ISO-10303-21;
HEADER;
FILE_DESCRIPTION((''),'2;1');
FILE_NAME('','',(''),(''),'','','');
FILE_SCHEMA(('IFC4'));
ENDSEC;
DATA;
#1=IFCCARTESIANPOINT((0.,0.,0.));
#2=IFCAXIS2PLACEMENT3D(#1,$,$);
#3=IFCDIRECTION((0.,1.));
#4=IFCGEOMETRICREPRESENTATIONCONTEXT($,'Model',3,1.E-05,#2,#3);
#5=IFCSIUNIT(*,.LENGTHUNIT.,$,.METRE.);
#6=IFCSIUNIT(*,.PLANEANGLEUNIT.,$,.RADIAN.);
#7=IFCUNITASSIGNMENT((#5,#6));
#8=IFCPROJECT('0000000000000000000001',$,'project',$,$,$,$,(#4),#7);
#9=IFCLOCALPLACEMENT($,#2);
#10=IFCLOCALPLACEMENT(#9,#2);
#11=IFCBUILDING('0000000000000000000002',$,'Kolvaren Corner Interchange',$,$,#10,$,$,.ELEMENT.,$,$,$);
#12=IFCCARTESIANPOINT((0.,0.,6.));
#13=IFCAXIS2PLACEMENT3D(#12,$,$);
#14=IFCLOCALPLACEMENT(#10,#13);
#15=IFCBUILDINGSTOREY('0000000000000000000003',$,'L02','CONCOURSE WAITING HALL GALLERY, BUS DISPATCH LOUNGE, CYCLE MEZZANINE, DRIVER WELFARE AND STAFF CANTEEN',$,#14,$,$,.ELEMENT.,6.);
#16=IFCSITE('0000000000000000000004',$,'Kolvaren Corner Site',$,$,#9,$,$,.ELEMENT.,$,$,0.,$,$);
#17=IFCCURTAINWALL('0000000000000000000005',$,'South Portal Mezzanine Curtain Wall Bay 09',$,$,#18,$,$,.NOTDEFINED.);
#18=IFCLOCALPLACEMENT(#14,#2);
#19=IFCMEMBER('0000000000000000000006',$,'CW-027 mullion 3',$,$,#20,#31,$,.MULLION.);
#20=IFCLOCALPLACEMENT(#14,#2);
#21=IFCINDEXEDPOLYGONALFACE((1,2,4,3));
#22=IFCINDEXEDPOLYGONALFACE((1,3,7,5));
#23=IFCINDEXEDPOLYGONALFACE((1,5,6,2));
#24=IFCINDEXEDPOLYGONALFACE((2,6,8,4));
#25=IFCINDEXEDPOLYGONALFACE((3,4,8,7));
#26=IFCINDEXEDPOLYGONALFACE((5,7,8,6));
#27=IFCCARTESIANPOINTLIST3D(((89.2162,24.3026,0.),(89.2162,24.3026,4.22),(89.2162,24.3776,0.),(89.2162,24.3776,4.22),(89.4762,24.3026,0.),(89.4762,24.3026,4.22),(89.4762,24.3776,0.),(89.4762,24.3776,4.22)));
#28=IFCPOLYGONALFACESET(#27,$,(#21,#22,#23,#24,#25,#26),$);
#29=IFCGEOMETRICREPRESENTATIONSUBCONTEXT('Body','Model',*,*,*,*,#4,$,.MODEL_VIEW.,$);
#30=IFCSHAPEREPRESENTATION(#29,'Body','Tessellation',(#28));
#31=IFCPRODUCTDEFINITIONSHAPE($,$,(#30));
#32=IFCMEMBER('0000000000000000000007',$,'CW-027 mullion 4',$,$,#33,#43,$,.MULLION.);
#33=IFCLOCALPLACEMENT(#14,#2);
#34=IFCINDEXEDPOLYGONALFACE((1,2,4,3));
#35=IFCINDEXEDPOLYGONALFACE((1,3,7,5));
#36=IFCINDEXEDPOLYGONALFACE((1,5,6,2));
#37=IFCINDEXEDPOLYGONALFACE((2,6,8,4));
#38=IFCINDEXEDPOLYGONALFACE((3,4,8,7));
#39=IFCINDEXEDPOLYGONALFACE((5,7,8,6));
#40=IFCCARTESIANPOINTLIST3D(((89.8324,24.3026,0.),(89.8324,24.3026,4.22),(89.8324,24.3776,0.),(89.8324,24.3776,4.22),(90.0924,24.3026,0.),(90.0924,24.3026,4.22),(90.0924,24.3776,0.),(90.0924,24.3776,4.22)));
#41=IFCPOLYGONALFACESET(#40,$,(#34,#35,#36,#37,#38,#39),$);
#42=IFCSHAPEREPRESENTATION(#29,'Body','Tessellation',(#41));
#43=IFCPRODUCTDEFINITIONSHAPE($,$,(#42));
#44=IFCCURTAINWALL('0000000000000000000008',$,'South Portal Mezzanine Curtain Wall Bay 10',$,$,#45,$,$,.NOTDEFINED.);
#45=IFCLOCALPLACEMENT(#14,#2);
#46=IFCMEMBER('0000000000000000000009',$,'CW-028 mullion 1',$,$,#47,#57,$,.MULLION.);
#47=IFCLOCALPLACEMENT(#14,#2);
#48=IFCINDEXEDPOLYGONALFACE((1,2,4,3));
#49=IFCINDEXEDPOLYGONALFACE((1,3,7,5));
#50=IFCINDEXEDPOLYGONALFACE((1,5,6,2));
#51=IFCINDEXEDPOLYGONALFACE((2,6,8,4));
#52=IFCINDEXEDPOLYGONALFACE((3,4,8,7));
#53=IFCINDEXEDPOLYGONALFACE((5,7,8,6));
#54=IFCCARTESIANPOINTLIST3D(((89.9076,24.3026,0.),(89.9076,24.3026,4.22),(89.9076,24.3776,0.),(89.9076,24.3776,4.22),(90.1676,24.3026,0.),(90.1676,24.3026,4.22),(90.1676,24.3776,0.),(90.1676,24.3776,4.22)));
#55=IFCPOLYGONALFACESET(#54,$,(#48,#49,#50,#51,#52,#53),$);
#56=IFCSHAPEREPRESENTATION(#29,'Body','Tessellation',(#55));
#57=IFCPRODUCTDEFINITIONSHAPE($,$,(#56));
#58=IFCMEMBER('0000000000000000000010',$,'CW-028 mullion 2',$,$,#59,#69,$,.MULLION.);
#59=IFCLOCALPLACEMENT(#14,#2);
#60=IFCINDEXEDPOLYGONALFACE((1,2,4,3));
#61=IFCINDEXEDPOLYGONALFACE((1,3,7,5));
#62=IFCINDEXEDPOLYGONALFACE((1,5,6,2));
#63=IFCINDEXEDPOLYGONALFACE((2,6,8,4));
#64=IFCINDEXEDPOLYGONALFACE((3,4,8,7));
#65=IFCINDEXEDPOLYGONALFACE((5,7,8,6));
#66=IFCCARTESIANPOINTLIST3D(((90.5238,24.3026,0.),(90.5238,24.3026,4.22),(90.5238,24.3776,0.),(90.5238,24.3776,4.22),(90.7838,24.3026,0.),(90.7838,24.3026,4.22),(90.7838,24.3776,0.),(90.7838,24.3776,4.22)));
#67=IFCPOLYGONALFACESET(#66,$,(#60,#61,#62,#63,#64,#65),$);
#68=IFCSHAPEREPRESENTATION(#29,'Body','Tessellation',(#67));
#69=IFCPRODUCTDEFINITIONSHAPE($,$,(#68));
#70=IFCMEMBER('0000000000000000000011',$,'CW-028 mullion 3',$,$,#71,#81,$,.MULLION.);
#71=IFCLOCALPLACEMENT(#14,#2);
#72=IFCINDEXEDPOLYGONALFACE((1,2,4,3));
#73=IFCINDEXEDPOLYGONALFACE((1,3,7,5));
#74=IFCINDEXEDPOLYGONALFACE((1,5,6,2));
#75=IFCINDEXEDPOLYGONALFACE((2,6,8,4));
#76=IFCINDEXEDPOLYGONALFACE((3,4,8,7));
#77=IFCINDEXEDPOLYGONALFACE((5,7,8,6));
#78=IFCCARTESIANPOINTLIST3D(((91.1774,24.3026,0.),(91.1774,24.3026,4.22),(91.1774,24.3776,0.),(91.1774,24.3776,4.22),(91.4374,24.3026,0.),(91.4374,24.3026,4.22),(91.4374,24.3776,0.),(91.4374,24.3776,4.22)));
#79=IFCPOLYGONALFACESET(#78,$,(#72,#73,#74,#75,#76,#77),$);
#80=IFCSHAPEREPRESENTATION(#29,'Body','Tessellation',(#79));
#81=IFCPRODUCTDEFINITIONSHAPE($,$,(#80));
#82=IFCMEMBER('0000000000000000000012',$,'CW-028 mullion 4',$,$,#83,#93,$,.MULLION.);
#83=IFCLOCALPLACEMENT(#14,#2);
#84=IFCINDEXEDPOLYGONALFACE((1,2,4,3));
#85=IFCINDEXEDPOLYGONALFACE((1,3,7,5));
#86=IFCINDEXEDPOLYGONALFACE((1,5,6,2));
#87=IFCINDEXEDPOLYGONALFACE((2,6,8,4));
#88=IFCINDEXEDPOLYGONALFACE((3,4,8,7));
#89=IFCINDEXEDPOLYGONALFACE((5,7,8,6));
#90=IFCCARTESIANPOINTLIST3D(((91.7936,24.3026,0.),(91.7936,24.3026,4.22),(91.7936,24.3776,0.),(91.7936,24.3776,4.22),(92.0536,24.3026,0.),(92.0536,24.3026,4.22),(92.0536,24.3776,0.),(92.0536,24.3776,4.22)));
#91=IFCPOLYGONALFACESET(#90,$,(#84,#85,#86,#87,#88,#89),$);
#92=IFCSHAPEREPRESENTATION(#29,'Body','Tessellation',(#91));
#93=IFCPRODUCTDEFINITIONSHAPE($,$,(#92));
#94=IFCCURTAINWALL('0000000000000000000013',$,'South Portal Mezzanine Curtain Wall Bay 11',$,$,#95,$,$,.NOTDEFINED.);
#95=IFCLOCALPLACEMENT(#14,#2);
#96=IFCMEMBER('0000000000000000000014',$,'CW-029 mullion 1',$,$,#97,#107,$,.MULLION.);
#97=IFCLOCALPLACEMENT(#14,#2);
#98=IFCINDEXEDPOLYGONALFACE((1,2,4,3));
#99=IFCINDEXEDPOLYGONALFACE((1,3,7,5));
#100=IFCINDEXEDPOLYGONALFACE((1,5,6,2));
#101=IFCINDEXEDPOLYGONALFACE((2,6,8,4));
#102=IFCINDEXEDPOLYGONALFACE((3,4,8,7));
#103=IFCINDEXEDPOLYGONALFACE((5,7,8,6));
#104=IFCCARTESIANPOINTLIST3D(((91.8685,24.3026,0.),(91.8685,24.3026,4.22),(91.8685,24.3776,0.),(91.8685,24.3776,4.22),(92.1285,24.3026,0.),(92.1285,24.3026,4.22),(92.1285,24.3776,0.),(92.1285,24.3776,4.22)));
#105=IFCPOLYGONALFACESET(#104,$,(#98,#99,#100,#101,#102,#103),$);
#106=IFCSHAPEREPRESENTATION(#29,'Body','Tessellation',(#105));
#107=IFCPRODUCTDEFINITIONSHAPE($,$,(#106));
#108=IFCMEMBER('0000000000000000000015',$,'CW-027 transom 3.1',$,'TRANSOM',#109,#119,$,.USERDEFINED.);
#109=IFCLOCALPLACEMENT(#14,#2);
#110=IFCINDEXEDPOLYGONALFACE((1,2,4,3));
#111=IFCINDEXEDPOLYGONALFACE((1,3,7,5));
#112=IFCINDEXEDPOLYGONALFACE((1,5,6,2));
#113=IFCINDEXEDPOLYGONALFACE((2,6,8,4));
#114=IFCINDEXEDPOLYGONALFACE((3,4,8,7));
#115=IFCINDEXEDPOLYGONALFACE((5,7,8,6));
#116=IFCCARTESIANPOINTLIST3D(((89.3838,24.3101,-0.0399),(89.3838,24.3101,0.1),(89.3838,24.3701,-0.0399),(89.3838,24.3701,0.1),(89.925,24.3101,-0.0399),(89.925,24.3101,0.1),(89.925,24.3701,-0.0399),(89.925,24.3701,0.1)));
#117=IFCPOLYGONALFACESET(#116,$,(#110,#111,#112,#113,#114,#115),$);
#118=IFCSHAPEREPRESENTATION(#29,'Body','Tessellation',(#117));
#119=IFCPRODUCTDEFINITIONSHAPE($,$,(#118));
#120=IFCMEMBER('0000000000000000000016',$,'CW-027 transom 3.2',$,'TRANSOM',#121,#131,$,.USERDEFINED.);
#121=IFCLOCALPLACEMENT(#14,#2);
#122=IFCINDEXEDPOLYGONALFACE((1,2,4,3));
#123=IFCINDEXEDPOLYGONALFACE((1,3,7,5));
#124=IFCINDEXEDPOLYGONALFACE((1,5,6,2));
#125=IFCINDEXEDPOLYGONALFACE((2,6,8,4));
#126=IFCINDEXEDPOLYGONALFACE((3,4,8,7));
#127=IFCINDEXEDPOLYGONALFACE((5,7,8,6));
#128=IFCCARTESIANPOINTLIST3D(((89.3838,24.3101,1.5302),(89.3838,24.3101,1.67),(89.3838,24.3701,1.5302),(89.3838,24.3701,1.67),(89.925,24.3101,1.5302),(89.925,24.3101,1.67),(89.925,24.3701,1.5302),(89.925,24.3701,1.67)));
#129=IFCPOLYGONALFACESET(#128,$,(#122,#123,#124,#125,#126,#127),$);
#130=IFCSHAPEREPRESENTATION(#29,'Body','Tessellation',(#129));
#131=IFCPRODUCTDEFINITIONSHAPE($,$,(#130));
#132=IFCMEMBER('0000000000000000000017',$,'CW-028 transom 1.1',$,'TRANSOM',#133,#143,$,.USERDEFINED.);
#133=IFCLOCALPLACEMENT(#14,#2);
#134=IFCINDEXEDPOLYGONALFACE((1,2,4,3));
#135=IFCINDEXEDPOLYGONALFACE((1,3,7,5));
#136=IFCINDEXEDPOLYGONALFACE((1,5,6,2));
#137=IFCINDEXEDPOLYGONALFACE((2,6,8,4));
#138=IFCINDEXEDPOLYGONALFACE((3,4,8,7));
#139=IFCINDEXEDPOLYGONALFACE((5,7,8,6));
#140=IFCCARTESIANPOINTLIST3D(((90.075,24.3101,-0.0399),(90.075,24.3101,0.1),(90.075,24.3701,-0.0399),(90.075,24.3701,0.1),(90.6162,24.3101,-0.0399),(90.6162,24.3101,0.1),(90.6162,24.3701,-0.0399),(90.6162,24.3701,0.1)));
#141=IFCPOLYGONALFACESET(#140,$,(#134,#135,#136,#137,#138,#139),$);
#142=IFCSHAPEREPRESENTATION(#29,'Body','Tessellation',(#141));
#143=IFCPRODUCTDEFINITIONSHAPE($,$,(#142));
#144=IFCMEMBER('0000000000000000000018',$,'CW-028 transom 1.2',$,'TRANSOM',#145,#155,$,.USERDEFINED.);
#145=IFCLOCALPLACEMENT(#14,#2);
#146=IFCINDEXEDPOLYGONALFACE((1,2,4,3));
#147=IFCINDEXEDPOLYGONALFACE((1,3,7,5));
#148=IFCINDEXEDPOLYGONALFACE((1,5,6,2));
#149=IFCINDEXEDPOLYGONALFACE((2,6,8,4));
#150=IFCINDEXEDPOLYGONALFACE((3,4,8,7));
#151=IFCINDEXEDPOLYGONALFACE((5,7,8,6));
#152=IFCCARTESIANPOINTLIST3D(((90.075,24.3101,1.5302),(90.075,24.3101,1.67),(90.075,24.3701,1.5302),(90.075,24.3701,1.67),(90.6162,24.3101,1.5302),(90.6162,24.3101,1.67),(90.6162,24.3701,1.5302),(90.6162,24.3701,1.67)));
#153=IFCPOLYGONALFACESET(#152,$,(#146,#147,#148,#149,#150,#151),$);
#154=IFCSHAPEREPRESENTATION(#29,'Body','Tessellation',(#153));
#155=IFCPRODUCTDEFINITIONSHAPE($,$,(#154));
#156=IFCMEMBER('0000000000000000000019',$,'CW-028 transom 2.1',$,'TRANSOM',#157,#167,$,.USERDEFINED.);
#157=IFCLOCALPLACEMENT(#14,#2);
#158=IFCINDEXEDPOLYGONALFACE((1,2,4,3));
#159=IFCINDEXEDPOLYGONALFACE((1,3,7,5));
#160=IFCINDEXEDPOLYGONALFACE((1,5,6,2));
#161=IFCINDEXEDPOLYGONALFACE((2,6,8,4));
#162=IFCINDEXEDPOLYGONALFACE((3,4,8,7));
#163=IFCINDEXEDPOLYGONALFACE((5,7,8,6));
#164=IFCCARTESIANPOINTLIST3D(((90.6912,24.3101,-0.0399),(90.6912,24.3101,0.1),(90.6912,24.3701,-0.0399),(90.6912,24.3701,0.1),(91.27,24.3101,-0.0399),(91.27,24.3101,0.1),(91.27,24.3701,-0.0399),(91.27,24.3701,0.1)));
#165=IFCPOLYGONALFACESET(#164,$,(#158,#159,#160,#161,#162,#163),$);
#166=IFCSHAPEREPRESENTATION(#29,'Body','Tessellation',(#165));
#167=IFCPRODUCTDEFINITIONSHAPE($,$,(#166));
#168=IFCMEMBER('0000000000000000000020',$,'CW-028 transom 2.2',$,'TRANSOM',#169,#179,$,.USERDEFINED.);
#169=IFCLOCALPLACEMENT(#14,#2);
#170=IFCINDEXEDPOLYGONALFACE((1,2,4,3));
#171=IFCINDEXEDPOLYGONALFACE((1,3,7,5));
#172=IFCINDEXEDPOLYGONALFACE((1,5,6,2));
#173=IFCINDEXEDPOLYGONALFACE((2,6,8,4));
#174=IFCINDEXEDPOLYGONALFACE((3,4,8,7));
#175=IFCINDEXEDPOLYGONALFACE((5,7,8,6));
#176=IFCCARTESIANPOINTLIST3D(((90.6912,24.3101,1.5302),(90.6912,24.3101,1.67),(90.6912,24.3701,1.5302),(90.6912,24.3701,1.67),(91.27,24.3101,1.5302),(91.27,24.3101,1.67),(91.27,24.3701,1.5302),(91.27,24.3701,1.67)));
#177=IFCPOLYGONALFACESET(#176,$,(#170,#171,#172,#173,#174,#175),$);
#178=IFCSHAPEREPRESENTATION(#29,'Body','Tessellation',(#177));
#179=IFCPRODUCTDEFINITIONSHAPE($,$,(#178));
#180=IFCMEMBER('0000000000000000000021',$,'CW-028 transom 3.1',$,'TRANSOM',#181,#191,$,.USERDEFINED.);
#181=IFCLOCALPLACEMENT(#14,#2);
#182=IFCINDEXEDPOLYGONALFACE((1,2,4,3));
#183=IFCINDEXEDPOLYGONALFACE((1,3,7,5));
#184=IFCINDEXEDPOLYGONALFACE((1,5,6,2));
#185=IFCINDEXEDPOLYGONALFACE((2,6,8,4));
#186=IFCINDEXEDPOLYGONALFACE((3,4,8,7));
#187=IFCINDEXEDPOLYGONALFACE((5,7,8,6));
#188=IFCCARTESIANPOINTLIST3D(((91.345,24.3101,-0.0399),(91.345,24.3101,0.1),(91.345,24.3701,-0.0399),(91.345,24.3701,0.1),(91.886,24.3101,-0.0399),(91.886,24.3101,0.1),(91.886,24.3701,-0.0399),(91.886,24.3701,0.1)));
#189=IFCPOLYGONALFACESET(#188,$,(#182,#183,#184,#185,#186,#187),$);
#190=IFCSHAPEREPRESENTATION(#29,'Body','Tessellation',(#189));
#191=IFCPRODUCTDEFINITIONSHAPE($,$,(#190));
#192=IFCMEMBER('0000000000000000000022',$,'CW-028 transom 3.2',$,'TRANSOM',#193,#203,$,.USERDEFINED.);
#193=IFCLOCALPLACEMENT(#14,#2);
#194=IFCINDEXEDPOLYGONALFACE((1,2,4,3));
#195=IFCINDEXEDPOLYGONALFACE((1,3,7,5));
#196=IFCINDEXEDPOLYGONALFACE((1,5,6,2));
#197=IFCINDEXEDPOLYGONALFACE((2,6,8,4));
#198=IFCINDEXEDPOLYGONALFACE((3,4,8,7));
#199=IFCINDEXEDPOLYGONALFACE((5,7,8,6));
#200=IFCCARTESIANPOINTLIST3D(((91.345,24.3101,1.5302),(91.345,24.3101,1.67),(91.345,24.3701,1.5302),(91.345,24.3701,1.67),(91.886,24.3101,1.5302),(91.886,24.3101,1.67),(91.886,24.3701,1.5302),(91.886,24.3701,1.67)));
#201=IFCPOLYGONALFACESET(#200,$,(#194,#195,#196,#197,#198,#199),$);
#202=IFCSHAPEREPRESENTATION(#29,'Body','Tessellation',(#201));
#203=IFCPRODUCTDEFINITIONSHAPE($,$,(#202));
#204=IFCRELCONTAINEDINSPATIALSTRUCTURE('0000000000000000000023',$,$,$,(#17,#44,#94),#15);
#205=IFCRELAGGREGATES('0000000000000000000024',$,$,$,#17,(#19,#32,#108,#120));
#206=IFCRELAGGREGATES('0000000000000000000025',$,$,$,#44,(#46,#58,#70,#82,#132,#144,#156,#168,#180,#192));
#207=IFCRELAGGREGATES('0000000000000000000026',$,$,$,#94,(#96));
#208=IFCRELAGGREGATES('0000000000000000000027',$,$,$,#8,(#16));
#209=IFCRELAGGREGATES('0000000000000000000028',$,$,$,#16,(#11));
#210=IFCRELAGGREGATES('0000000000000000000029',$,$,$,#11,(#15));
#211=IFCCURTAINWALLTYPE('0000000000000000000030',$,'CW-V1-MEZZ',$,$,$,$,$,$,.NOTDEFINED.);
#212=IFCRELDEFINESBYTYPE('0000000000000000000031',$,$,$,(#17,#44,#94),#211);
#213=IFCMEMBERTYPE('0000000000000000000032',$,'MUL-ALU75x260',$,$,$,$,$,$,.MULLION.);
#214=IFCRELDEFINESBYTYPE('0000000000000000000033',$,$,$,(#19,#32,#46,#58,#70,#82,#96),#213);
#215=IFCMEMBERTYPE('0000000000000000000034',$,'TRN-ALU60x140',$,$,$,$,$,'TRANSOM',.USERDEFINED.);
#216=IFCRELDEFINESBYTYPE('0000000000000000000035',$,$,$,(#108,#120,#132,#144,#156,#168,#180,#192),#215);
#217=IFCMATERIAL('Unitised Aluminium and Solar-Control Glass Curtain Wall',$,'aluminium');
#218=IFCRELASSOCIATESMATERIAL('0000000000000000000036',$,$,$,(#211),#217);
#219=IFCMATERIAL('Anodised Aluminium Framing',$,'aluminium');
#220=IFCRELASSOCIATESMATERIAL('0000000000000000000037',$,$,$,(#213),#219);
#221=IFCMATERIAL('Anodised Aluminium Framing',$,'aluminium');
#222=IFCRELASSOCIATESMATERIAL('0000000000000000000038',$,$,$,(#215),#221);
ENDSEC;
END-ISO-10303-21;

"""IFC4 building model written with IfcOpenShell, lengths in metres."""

from ifc_helpers import new_model, si_unit, direction, frame, origin, origin_2d, place, context, subcontext, project, spatial, rectangle, extrude, material, material_profile, profile_set, type_object, element, aggregate, save


model = new_model("IFC4")

# Units and contexts
model_context = context("Model", 3, precision=1e-05, world=origin(), true_north=direction((0.0, 1.0)))
body_context = subcontext(model_context, "Body", "Model", "MODEL_VIEW")
ifc_project = project(units=[si_unit("LENGTHUNIT", "METRE"), si_unit("PLANEANGLEUNIT", "RADIAN")], contexts=[model_context])

# Site, building, storey
site_placement = place(None, origin())
site = spatial("IfcSite", under=ifc_project, at=site_placement, Name="Kolvaren Corner Site", CompositionType="ELEMENT", RefElevation=0.0)
building_placement = place(site_placement, origin())
building = spatial("IfcBuilding", under=site, at=building_placement, Name="Kolvaren Corner Interchange", CompositionType="ELEMENT")
storey_placement = place(building_placement, frame((0.0, 0.0, 6.0)))
storey = spatial("IfcBuildingStorey", under=building, at=storey_placement, Name="L02", Description="CONCOURSE WAITING HALL GALLERY, BUS DISPATCH LOUNGE, CYCLE MEZZANINE, DRIVER WELFARE AND STAFF CANTEEN", CompositionType="ELEMENT", Elevation=6.0)

# Curtain walls, members
ifc_material_1 = material(Name="Unitised Aluminium and Solar-Control Glass Curtain Wall", Category="aluminium")
curtain_wall_type = type_object("IfcCurtainWallType", Name="CW-V1-MEZZ", PredefinedType="NOTDEFINED", material=ifc_material_1)
curtain_wall_1_placement = place(storey_placement, origin())
curtain_wall_1 = element("IfcCurtainWall", 1, at=curtain_wall_1_placement, inside=storey, type_object=curtain_wall_type, Name="South Portal Mezzanine Curtain Wall Bay 09", PredefinedType="NOTDEFINED")
ifc_material_2 = material(Name="Anodised Aluminium Framing", Category="aluminium")
ifc_material_profile_1 = material_profile(ifc_material_2, rectangle(XDim=0.075, YDim=0.26, at=origin_2d()), Name="ALU 75x260")
ifc_profile_set_1 = profile_set([ifc_material_profile_1], Name="Anodised Aluminium Framing")
member_type_1 = type_object("IfcMemberType", Name="MUL-ALU75x260", PredefinedType="MULLION", material=ifc_profile_set_1)
member_1_placement = place(storey_placement, frame((89.3462, 24.3401, 0.0), z_axis=(0.0, 0.0, 1.0), x_axis=(0.0, 1.0, 0.0)))
member_1 = element("IfcMember", 2, at=member_1_placement, type_object=member_type_1, Name="CW-027 mullion 3", PredefinedType="MULLION", context=body_context, shape_type="SweptSolid", body=[
    extrude(rectangle(XDim=0.075, YDim=0.26, at=origin_2d()), origin(), (0.0, 0.0, 1.0), 4.22),
])
member_2_placement = place(storey_placement, frame((89.9624, 24.3401, 0.0), z_axis=(0.0, 0.0, 1.0), x_axis=(0.0, 1.0, 0.0)))
member_2 = element("IfcMember", 3, at=member_2_placement, type_object=member_type_1, Name="CW-027 mullion 4", PredefinedType="MULLION", context=body_context, shape_type="SweptSolid", body=[
    extrude(rectangle(XDim=0.075, YDim=0.26, at=origin_2d()), origin(), (0.0, 0.0, 1.0), 4.22),
])
curtain_wall_2_placement = place(storey_placement, origin())
curtain_wall_2 = element("IfcCurtainWall", 4, at=curtain_wall_2_placement, inside=storey, type_object=curtain_wall_type, Name="South Portal Mezzanine Curtain Wall Bay 10", PredefinedType="NOTDEFINED")
member_3_placement = place(storey_placement, frame((90.0376, 24.3401, 0.0), z_axis=(0.0, 0.0, 1.0), x_axis=(0.0, 1.0, 0.0)))
member_3 = element("IfcMember", 5, at=member_3_placement, type_object=member_type_1, Name="CW-028 mullion 1", PredefinedType="MULLION", context=body_context, shape_type="SweptSolid", body=[
    extrude(rectangle(XDim=0.075, YDim=0.26, at=origin_2d()), origin(), (0.0, 0.0, 1.0), 4.22),
])
member_4_placement = place(storey_placement, frame((90.6538, 24.3401, 0.0), z_axis=(0.0, 0.0, 1.0), x_axis=(0.0, 1.0, 0.0)))
member_4 = element("IfcMember", 6, at=member_4_placement, type_object=member_type_1, Name="CW-028 mullion 2", PredefinedType="MULLION", context=body_context, shape_type="SweptSolid", body=[
    extrude(rectangle(XDim=0.075, YDim=0.26, at=origin_2d()), origin(), (0.0, 0.0, 1.0), 4.22),
])
member_5_placement = place(storey_placement, frame((91.3074, 24.3401, 0.0), z_axis=(0.0, 0.0, 1.0), x_axis=(0.0, 1.0, 0.0)))
member_5 = element("IfcMember", 7, at=member_5_placement, type_object=member_type_1, Name="CW-028 mullion 3", PredefinedType="MULLION", context=body_context, shape_type="SweptSolid", body=[
    extrude(rectangle(XDim=0.075, YDim=0.26, at=origin_2d()), origin(), (0.0, 0.0, 1.0), 4.22),
])
member_6_placement = place(storey_placement, frame((91.9236, 24.3401, 0.0), z_axis=(0.0, 0.0, 1.0), x_axis=(0.0, 1.0, 0.0)))
member_6 = element("IfcMember", 8, at=member_6_placement, type_object=member_type_1, Name="CW-028 mullion 4", PredefinedType="MULLION", context=body_context, shape_type="SweptSolid", body=[
    extrude(rectangle(XDim=0.075, YDim=0.26, at=origin_2d()), origin(), (0.0, 0.0, 1.0), 4.22),
])

# Curtain wall, member
curtain_wall_3_placement = place(storey_placement, origin())
curtain_wall_3 = element("IfcCurtainWall", 9, at=curtain_wall_3_placement, inside=storey, type_object=curtain_wall_type, Name="South Portal Mezzanine Curtain Wall Bay 11", PredefinedType="NOTDEFINED")
member_7_placement = place(storey_placement, frame((91.9985, 24.3401, 0.0), z_axis=(0.0, 0.0, 1.0), x_axis=(0.0, 1.0, 0.0)))
member_7 = element("IfcMember", 10, at=member_7_placement, type_object=member_type_1, Name="CW-029 mullion 1", PredefinedType="MULLION", context=body_context, shape_type="SweptSolid", body=[
    extrude(rectangle(XDim=0.075, YDim=0.26, at=origin_2d()), origin(), (0.0, 0.0, 1.0), 4.22),
])

# Members
ifc_material_3 = material(Name="Anodised Aluminium Framing", Category="aluminium")
ifc_material_profile_2 = material_profile(ifc_material_3, rectangle(XDim=0.0601, YDim=0.1399, at=origin_2d()), Name="ALU 60x140")
ifc_profile_set_2 = profile_set([ifc_material_profile_2], Name="Anodised Aluminium Framing")
member_type_2 = type_object("IfcMemberType", Name="TRN-ALU60x140", ElementType="TRANSOM", PredefinedType="USERDEFINED", material=ifc_profile_set_2)
member_8_placement = place(storey_placement, frame((89.3838, 24.3401, 0.03), z_axis=(1.0, 0.0, 0.0), x_axis=(0.0, 1.0, 0.0)))
member_8 = element("IfcMember", 11, at=member_8_placement, type_object=member_type_2, Name="CW-027 transom 3.1", ObjectType="TRANSOM", PredefinedType="USERDEFINED", context=body_context, shape_type="SweptSolid", body=[
    extrude(rectangle(XDim=0.0601, YDim=0.1399, at=origin_2d()), origin(), (0.0, 0.0, 1.0), 0.5413),
])
member_9_placement = place(storey_placement, frame((89.3838, 24.3401, 1.6001), z_axis=(1.0, 0.0, 0.0), x_axis=(0.0, 1.0, 0.0)))
member_9 = element("IfcMember", 12, at=member_9_placement, type_object=member_type_2, Name="CW-027 transom 3.2", ObjectType="TRANSOM", PredefinedType="USERDEFINED", context=body_context, shape_type="SweptSolid", body=[
    extrude(rectangle(XDim=0.0601, YDim=0.1399, at=origin_2d()), origin(), (0.0, 0.0, 1.0), 0.5413),
])
member_10_placement = place(storey_placement, frame((90.075, 24.3401, 0.03), z_axis=(1.0, 0.0, 0.0), x_axis=(0.0, 1.0, 0.0)))
member_10 = element("IfcMember", 13, at=member_10_placement, type_object=member_type_2, Name="CW-028 transom 1.1", ObjectType="TRANSOM", PredefinedType="USERDEFINED", context=body_context, shape_type="SweptSolid", body=[
    extrude(rectangle(XDim=0.0601, YDim=0.1399, at=origin_2d()), origin(), (0.0, 0.0, 1.0), 0.5413),
])
member_11_placement = place(storey_placement, frame((90.075, 24.3401, 1.6001), z_axis=(1.0, 0.0, 0.0), x_axis=(0.0, 1.0, 0.0)))
member_11 = element("IfcMember", 14, at=member_11_placement, type_object=member_type_2, Name="CW-028 transom 1.2", ObjectType="TRANSOM", PredefinedType="USERDEFINED", context=body_context, shape_type="SweptSolid", body=[
    extrude(rectangle(XDim=0.0601, YDim=0.1399, at=origin_2d()), origin(), (0.0, 0.0, 1.0), 0.5413),
])
member_12_placement = place(storey_placement, frame((90.6912, 24.3401, 0.03), z_axis=(1.0, 0.0, 0.0), x_axis=(0.0, 1.0, 0.0)))
member_12 = element("IfcMember", 15, at=member_12_placement, type_object=member_type_2, Name="CW-028 transom 2.1", ObjectType="TRANSOM", PredefinedType="USERDEFINED", context=body_context, shape_type="SweptSolid", body=[
    extrude(rectangle(XDim=0.0601, YDim=0.1399, at=origin_2d()), origin(), (0.0, 0.0, 1.0), 0.5789),
])
member_13_placement = place(storey_placement, frame((90.6912, 24.3401, 1.6001), z_axis=(1.0, 0.0, 0.0), x_axis=(0.0, 1.0, 0.0)))
member_13 = element("IfcMember", 16, at=member_13_placement, type_object=member_type_2, Name="CW-028 transom 2.2", ObjectType="TRANSOM", PredefinedType="USERDEFINED", context=body_context, shape_type="SweptSolid", body=[
    extrude(rectangle(XDim=0.0601, YDim=0.1399, at=origin_2d()), origin(), (0.0, 0.0, 1.0), 0.5789),
])
member_14_placement = place(storey_placement, frame((91.345, 24.3401, 0.03), z_axis=(1.0, 0.0, 0.0), x_axis=(0.0, 1.0, 0.0)))
member_14 = element("IfcMember", 17, at=member_14_placement, type_object=member_type_2, Name="CW-028 transom 3.1", ObjectType="TRANSOM", PredefinedType="USERDEFINED", context=body_context, shape_type="SweptSolid", body=[
    extrude(rectangle(XDim=0.0601, YDim=0.1399, at=origin_2d()), origin(), (0.0, 0.0, 1.0), 0.541),
])
member_15_placement = place(storey_placement, frame((91.345, 24.3401, 1.6001), z_axis=(1.0, 0.0, 0.0), x_axis=(0.0, 1.0, 0.0)))
member_15 = element("IfcMember", 18, at=member_15_placement, type_object=member_type_2, Name="CW-028 transom 3.2", ObjectType="TRANSOM", PredefinedType="USERDEFINED", context=body_context, shape_type="SweptSolid", body=[
    extrude(rectangle(XDim=0.0601, YDim=0.1399, at=origin_2d()), origin(), (0.0, 0.0, 1.0), 0.541),
])

aggregate(curtain_wall_1, [member_1, member_2, member_8, member_9])
aggregate(curtain_wall_2, [member_3, member_4, member_5, member_6, member_10, member_11, member_12, member_13, member_14, member_15])
aggregate(curtain_wall_3, [member_7])

save(model, "model.ifc")
